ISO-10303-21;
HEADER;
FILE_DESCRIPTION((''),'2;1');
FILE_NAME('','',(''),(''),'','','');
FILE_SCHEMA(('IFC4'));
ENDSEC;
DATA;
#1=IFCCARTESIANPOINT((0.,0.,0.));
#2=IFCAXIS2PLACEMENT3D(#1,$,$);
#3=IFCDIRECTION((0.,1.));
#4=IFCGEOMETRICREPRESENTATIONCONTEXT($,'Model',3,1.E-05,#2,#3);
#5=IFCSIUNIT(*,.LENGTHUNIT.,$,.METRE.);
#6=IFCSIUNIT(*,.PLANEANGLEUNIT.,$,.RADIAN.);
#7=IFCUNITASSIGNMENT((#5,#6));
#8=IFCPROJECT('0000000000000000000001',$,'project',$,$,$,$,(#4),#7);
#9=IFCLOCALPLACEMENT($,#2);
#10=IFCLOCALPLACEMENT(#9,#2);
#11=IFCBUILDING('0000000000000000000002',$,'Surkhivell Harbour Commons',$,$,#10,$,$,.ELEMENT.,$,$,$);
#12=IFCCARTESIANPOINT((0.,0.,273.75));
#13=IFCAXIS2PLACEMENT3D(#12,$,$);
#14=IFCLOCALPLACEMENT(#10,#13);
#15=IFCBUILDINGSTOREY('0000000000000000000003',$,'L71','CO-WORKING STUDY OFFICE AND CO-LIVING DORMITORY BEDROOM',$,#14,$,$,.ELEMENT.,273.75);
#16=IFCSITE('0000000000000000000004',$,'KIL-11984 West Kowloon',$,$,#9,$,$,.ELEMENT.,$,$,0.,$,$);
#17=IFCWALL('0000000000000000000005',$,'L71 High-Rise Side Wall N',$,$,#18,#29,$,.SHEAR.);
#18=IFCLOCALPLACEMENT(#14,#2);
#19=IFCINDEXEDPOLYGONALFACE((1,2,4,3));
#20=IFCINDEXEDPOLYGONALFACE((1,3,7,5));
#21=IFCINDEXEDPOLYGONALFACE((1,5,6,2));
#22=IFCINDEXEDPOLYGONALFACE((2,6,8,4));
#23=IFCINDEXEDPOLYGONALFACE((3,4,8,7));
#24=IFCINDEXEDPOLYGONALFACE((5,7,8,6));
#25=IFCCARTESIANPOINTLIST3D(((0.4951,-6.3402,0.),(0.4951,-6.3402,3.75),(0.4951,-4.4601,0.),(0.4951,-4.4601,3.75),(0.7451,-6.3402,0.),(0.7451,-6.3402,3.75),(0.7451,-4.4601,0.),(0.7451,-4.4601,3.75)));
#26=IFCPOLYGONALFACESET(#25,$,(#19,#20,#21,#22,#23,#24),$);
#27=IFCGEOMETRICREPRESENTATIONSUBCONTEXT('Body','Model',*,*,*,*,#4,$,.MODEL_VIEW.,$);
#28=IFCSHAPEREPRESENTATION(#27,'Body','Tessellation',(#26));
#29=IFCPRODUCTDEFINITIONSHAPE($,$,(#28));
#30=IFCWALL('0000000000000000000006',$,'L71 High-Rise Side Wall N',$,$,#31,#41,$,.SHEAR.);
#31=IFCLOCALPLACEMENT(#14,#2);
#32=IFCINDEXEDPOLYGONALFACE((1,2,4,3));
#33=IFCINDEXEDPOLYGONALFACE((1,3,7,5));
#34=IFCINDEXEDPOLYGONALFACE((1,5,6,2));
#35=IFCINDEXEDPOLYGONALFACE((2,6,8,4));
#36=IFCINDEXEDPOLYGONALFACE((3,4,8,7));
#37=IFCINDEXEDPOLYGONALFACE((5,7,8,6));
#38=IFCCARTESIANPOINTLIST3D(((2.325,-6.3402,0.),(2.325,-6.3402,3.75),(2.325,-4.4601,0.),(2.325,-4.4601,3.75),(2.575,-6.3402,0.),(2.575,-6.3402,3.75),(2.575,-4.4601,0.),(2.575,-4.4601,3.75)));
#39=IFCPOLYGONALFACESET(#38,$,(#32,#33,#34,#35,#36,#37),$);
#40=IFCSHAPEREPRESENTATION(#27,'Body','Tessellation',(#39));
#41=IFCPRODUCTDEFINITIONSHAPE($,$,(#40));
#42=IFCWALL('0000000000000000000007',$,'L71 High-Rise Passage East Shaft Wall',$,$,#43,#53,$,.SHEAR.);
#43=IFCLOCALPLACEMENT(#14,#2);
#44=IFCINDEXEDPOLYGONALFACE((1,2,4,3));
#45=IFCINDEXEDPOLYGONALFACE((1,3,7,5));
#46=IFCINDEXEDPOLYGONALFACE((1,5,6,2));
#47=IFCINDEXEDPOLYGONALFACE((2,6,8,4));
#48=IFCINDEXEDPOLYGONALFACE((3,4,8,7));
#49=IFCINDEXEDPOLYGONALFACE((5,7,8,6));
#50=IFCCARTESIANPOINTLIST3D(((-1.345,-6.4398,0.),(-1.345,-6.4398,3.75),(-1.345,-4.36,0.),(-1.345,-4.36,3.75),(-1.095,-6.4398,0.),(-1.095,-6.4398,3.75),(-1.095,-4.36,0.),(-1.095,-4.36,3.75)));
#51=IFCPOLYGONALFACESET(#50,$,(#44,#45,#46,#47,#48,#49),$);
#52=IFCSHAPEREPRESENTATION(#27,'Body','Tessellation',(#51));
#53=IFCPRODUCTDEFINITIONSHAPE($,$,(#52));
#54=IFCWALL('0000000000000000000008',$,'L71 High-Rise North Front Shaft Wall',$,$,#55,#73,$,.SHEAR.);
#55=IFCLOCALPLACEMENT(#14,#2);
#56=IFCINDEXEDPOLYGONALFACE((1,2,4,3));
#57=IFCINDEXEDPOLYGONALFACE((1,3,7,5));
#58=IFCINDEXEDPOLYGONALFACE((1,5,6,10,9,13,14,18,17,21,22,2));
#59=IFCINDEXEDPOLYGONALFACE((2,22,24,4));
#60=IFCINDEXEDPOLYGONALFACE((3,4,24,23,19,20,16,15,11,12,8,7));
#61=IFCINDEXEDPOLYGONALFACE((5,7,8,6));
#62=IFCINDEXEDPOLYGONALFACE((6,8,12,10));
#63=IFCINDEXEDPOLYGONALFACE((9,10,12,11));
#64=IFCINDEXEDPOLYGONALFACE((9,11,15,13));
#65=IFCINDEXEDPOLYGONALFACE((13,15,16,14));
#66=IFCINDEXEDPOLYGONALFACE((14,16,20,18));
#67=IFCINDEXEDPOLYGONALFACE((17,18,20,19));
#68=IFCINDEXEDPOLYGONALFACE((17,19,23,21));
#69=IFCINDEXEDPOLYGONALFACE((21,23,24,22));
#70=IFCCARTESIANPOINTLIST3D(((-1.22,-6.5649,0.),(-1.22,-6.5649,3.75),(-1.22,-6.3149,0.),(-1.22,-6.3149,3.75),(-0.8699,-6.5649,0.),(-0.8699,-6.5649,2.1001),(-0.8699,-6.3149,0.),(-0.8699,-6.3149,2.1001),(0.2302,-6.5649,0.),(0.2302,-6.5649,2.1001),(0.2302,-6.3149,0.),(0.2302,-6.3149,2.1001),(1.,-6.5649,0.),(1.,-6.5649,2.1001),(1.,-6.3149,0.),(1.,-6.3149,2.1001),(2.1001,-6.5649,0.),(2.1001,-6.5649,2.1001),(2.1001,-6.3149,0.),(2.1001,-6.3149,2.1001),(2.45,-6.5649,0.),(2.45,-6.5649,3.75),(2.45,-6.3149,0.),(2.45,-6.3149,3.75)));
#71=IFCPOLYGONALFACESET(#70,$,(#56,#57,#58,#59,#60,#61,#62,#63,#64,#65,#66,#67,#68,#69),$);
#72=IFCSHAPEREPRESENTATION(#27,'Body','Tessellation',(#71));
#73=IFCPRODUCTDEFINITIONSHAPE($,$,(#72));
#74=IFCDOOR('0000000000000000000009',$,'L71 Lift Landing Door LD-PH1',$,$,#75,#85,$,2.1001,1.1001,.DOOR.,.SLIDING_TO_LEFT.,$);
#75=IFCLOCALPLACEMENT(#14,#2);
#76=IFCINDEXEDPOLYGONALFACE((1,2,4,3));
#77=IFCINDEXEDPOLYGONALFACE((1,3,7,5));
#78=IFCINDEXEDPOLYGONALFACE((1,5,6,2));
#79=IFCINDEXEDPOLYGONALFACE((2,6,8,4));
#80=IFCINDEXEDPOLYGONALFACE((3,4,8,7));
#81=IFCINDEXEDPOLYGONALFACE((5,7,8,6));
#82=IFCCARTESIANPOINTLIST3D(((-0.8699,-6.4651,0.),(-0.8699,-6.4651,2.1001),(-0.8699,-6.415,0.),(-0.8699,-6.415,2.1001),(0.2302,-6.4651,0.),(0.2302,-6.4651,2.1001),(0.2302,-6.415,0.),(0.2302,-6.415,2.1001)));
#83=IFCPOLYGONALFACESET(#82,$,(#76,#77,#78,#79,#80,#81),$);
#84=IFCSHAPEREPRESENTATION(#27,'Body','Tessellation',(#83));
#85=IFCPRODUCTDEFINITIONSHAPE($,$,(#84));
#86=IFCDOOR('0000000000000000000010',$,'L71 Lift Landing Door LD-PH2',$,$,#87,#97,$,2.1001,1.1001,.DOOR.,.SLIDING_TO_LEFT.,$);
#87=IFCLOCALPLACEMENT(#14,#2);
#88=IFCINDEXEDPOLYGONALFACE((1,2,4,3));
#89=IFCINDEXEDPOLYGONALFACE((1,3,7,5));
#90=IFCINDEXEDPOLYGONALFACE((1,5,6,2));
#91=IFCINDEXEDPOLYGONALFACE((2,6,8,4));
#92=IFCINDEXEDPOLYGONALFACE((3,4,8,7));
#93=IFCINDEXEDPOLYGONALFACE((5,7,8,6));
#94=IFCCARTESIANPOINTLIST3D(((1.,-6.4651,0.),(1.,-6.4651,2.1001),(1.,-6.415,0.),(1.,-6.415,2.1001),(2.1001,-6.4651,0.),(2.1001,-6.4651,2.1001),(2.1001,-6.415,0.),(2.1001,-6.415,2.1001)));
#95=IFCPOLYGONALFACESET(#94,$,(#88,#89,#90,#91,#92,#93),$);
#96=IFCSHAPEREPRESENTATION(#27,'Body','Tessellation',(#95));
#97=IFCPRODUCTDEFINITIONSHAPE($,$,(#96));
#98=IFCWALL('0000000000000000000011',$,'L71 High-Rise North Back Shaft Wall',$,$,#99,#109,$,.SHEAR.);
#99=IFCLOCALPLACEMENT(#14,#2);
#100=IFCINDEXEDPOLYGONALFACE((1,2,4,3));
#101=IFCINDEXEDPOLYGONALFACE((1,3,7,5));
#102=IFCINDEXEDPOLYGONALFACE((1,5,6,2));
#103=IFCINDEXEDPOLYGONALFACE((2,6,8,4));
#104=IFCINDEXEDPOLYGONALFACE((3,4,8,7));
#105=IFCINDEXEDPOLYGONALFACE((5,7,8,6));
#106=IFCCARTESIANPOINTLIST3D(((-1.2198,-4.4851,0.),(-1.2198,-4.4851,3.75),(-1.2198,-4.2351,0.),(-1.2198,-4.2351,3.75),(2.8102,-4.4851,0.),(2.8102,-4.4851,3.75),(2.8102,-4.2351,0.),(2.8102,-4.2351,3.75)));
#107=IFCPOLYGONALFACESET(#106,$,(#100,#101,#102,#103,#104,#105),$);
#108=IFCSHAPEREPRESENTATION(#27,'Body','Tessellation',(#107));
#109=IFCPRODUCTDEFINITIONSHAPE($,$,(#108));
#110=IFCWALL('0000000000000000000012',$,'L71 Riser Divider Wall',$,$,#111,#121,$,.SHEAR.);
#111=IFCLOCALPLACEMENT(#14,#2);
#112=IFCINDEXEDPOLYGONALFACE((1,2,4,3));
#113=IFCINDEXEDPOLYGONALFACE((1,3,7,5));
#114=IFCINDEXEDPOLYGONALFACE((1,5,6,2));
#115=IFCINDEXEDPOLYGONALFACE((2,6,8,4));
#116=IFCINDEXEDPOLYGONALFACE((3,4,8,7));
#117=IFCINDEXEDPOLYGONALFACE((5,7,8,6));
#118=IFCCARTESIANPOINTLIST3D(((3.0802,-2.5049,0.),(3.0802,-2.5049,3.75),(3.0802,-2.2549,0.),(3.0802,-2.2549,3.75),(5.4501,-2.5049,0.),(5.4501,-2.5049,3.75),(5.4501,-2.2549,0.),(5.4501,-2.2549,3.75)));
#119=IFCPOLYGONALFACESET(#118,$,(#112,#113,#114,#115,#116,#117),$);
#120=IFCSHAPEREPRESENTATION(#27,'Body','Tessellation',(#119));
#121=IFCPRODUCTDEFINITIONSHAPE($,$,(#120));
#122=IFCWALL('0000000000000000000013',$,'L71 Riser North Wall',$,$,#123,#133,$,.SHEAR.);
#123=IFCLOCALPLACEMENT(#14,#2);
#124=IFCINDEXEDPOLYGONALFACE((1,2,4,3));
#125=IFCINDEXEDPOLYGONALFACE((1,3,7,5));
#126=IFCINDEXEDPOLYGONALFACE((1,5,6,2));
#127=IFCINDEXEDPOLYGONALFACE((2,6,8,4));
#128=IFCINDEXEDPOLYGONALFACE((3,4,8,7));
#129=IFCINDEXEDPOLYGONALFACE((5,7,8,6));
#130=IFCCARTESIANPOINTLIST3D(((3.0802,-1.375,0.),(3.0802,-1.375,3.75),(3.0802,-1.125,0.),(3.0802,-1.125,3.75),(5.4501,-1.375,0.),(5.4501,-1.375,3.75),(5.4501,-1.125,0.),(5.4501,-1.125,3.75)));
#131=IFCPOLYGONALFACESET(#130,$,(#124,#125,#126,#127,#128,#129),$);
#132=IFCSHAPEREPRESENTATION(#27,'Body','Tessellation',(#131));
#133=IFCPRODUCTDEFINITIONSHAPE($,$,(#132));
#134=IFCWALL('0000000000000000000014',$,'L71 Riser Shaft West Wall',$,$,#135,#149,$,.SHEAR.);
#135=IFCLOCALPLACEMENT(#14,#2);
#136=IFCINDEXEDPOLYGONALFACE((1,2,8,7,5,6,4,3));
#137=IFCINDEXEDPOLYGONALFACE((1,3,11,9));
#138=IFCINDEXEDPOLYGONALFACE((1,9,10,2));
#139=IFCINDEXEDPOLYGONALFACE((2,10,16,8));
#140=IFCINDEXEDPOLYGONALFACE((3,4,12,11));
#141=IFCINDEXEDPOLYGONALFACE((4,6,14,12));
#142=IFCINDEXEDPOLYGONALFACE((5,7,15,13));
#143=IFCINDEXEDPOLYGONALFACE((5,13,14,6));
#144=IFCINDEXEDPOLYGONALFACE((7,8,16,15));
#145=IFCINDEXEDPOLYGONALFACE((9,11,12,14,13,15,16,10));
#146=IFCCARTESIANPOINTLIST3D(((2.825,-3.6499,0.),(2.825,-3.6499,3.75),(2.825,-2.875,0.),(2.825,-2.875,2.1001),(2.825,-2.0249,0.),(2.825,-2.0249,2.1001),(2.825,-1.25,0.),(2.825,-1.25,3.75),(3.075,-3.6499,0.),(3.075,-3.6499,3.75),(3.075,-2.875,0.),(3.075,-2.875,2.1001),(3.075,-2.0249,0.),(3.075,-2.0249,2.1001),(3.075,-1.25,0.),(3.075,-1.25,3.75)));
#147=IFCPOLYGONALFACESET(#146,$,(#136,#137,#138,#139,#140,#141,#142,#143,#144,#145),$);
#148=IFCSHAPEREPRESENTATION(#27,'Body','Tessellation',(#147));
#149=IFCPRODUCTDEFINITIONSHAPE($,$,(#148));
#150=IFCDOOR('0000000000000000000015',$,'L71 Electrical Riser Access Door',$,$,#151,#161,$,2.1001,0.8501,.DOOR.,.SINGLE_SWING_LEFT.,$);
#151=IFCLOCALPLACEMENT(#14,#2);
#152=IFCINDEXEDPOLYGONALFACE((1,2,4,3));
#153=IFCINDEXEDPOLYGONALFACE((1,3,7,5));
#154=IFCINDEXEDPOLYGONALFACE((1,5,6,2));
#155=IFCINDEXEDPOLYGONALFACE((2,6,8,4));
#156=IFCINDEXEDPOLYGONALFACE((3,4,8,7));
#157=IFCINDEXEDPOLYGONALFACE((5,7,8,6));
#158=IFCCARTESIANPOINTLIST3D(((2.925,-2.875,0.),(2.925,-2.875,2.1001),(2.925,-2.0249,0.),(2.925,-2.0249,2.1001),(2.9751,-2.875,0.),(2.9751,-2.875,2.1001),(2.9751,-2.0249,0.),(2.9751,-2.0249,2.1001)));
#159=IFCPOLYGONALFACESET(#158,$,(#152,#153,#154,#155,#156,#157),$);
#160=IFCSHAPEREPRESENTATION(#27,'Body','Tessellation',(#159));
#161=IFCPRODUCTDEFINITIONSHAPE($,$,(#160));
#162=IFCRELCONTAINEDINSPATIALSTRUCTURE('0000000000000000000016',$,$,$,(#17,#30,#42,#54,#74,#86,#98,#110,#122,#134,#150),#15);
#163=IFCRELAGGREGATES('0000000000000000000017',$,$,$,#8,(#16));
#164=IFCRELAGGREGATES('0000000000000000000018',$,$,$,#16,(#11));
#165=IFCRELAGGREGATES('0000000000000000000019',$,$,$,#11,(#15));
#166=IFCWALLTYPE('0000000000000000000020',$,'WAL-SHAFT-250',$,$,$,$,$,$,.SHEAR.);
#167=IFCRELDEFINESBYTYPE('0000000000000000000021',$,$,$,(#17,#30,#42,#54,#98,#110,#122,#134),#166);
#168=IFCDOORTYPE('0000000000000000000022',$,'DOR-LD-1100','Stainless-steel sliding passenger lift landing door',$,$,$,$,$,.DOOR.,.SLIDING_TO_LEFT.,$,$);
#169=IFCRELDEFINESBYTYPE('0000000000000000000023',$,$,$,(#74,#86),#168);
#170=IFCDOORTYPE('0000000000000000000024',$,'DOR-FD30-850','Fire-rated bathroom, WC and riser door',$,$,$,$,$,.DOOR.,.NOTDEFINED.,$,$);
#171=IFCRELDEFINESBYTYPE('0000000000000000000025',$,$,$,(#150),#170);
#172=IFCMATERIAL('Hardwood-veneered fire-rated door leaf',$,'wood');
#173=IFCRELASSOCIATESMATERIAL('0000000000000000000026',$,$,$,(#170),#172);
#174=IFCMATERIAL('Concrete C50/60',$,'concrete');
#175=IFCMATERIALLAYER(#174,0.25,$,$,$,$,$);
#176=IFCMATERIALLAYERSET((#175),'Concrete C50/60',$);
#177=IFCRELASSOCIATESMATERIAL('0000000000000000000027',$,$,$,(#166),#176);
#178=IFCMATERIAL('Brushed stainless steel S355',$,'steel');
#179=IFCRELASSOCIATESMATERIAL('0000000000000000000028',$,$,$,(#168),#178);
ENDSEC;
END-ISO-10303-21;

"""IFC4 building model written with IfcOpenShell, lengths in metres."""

from ifc_helpers import new_model, si_unit, direction, frame, frame_2d, origin, place, context, subcontext, project, spatial, rectangle, extrude, material, layer, layer_set, type_object, element, fill, save


model = new_model("IFC4")

# Units and contexts
model_context = context("Model", 3, precision=1e-05, world=origin(), true_north=direction((0.0, 1.0)))
body_context = subcontext(model_context, "Body", "Model", "MODEL_VIEW")
ifc_project = project(units=[si_unit("LENGTHUNIT", "METRE"), si_unit("PLANEANGLEUNIT", "RADIAN")], contexts=[model_context])

# Site, building, storey
site_placement = place(None, origin())
site = spatial("IfcSite", under=ifc_project, at=site_placement, Name="KIL-11984 West Kowloon", CompositionType="ELEMENT", RefElevation=0.0)
building_placement = place(site_placement, origin())
building = spatial("IfcBuilding", under=site, at=building_placement, Name="Surkhivell Harbour Commons", CompositionType="ELEMENT")
storey_placement = place(building_placement, frame((0.0, 0.0, 273.75)))
storey = spatial("IfcBuildingStorey", under=building, at=storey_placement, Name="L71", Description="CO-WORKING STUDY OFFICE AND CO-LIVING DORMITORY BEDROOM", CompositionType="ELEMENT", Elevation=273.75)

# Shared definitions
ifc_material_1 = material(Name="Hardwood-veneered fire-rated door leaf", Category="wood")
door_type_1 = type_object("IfcDoorType", Name="DOR-FD30-850", Description="Fire-rated bathroom, WC and riser door", OperationType="NOTDEFINED", PredefinedType="DOOR", material=ifc_material_1)

# Shared definitions
ifc_material_2 = material(Name="Concrete C50/60", Category="concrete")
ifc_layer_1 = layer(ifc_material_2, 0.25)
ifc_layer_set_1 = layer_set([ifc_layer_1], Name="Concrete C50/60")
wall_type_1 = type_object("IfcWallType", Name="WAL-SHAFT-250", PredefinedType="SHEAR", material=ifc_layer_set_1)

# Shared definitions
ifc_material_3 = material(Name="Brushed stainless steel S355", Category="steel")
door_type_2 = type_object("IfcDoorType", Name="DOR-LD-1100", Description="Stainless-steel sliding passenger lift landing door", OperationType="SLIDING_TO_LEFT", PredefinedType="DOOR", material=ifc_material_3)

# Walls
for number, where, z_axis, x_axis, name in (
    (1, (0.6201, -6.3401, 0.0), (0.0, 0.0, 1.0), (0.0, 1.0, 0.0), "L71 High-Rise Side Wall N"),
    (2, (2.45, -6.3401, 0.0), (0.0, 0.0, 1.0), (0.0, 1.0, 0.0), "L71 High-Rise Side Wall N"),
):
    element("IfcWall", number, at=place(storey_placement, frame(where, z_axis=z_axis, x_axis=x_axis)), inside=storey, type_object=wall_type_1, Name=name, PredefinedType="SHEAR", context=body_context, shape_type="SweptSolid", body=[
        extrude(rectangle(XDim=1.8801, YDim=0.25, at=frame_2d((0.9399, 0.0))), origin(), (0.0, 0.0, 1.0), 3.75),
    ])
wall_1_placement = place(storey_placement, frame((-1.22, -6.4399, 0.0), z_axis=(0.0, 0.0, 1.0), x_axis=(0.0, 1.0, 0.0)))
element("IfcWall", 3, at=wall_1_placement, inside=storey, type_object=wall_type_1, Name="L71 High-Rise Passage East Shaft Wall", PredefinedType="SHEAR", context=body_context, shape_type="SweptSolid", body=[
    extrude(rectangle(XDim=2.0798, YDim=0.25, at=frame_2d((1.04, 0.0))), origin(), (0.0, 0.0, 1.0), 3.75),
])

# Wall, openings, doors
wall_2_placement = place(storey_placement, frame((-1.22, -6.4399, 0.0), z_axis=(0.0, 0.0, 1.0), x_axis=(1.0, 0.0, 0.0)))
wall_2 = element("IfcWall", 4, at=wall_2_placement, inside=storey, type_object=wall_type_1, Name="L71 High-Rise North Front Shaft Wall", PredefinedType="SHEAR", context=body_context, shape_type="SweptSolid", body=[
    extrude(rectangle(XDim=3.6699, YDim=0.25, at=frame_2d((1.835, 0.0))), origin(), (0.0, 0.0, 1.0), 3.75),
])
opening_1_placement = place(wall_2_placement, frame((0.3501, 0.0, 0.0)))
opening_1 = element("IfcOpeningElement", 5, at=opening_1_placement, cuts=wall_2, PredefinedType="OPENING", context=body_context, shape_type="SweptSolid", body=[
    extrude(rectangle(XDim=1.1001, YDim=2.1001, at=frame_2d((0.55, 1.05))), frame((0.0, 0.135, 0.0), z_axis=(0.0, -1.0, 0.0), x_axis=(1.0, 0.0, 0.0)), (0.0, 0.0, 1.0), 0.27),
])
opening_2_placement = place(wall_2_placement, frame((2.22, 0.0, 0.0)))
opening_2 = element("IfcOpeningElement", 6, at=opening_2_placement, cuts=wall_2, PredefinedType="OPENING", context=body_context, shape_type="SweptSolid", body=[
    extrude(rectangle(XDim=1.1001, YDim=2.1001, at=frame_2d((0.55, 1.05))), frame((0.0, 0.135, 0.0), z_axis=(0.0, -1.0, 0.0), x_axis=(1.0, 0.0, 0.0)), (0.0, 0.0, 1.0), 0.27),
])
door_1_placement = place(opening_1_placement, origin())
door_1 = element("IfcDoor", 7, at=door_1_placement, inside=storey, type_object=door_type_2, Name="L71 Lift Landing Door LD-PH1", OperationType="SLIDING_TO_LEFT", OverallHeight=2.1001, OverallWidth=1.1001, PredefinedType="DOOR", context=body_context, shape_type="SweptSolid", body=[
    extrude(rectangle(XDim=1.1001, YDim=2.1001, at=frame_2d((0.55, 1.05))), frame((0.0, 0.0249, 0.0), z_axis=(0.0, -1.0, 0.0), x_axis=(1.0, 0.0, 0.0)), (0.0, 0.0, 1.0), 0.05),
])
fill(opening_1, door_1)
door_2_placement = place(opening_2_placement, origin())
door_2 = element("IfcDoor", 8, at=door_2_placement, inside=storey, type_object=door_type_2, Name="L71 Lift Landing Door LD-PH2", OperationType="SLIDING_TO_LEFT", OverallHeight=2.1001, OverallWidth=1.1001, PredefinedType="DOOR", context=body_context, shape_type="SweptSolid", body=[
    extrude(rectangle(XDim=1.1001, YDim=2.1001, at=frame_2d((0.55, 1.05))), frame((0.0, 0.0249, 0.0), z_axis=(0.0, -1.0, 0.0), x_axis=(1.0, 0.0, 0.0)), (0.0, 0.0, 1.0), 0.05),
])
fill(opening_2, door_2)

# Walls
wall_3_placement = place(storey_placement, frame((-1.22, -4.3601, 0.0), z_axis=(0.0, 0.0, 1.0), x_axis=(1.0, 0.0, 0.0)))
element("IfcWall", 9, at=wall_3_placement, inside=storey, type_object=wall_type_1, Name="L71 High-Rise North Back Shaft Wall", PredefinedType="SHEAR", context=body_context, shape_type="SweptSolid", body=[
    extrude(rectangle(XDim=4.03, YDim=0.25, at=frame_2d((2.0151, 0.0))), origin(), (0.0, 0.0, 1.0), 3.75),
])
for number, where, z_axis, x_axis, name in (
    (10, (3.0801, -2.3799, 0.0), (0.0, 0.0, 1.0), (1.0, 0.0, 0.0), "L71 Riser Divider Wall"),
    (11, (3.0801, -1.25, 0.0), (0.0, 0.0, 1.0), (1.0, 0.0, 0.0), "L71 Riser North Wall"),
):
    element("IfcWall", number, at=place(storey_placement, frame(where, z_axis=z_axis, x_axis=x_axis)), inside=storey, type_object=wall_type_1, Name=name, PredefinedType="SHEAR", context=body_context, shape_type="SweptSolid", body=[
        extrude(rectangle(XDim=2.3699, YDim=0.25, at=frame_2d((1.1851, 0.0))), origin(), (0.0, 0.0, 1.0), 3.75),
    ])

# Wall, opening, door
wall_4_placement = place(storey_placement, frame((2.95, -3.6499, 0.0), z_axis=(0.0, 0.0, 1.0), x_axis=(0.0, 1.0, 0.0)))
wall_4 = element("IfcWall", 12, at=wall_4_placement, inside=storey, type_object=wall_type_1, Name="L71 Riser Shaft West Wall", PredefinedType="SHEAR", context=body_context, shape_type="SweptSolid", body=[
    extrude(rectangle(XDim=2.3999, YDim=0.25, at=frame_2d((1.2, 0.0))), origin(), (0.0, 0.0, 1.0), 3.75),
])
opening_3_placement = place(wall_4_placement, frame((0.7749, 0.0, 0.0)))
opening_3 = element("IfcOpeningElement", 13, at=opening_3_placement, cuts=wall_4, PredefinedType="OPENING", context=body_context, shape_type="SweptSolid", body=[
    extrude(rectangle(XDim=0.8501, YDim=2.1001, at=frame_2d((0.425, 1.05))), frame((0.0, 0.135, 0.0), z_axis=(0.0, -1.0, 0.0), x_axis=(1.0, 0.0, 0.0)), (0.0, 0.0, 1.0), 0.27),
])
door_3_placement = place(opening_3_placement, origin())
door_3 = element("IfcDoor", 14, at=door_3_placement, inside=storey, type_object=door_type_1, Name="L71 Electrical Riser Access Door", OperationType="SINGLE_SWING_LEFT", OverallHeight=2.1001, OverallWidth=0.8501, PredefinedType="DOOR", context=body_context, shape_type="SweptSolid", body=[
    extrude(rectangle(XDim=0.8501, YDim=2.1001, at=frame_2d((0.425, 1.05))), frame((0.0, 0.0249, 0.0), z_axis=(0.0, -1.0, 0.0), x_axis=(1.0, 0.0, 0.0)), (0.0, 0.0, 1.0), 0.05),
])
fill(opening_3, door_3)

save(model, "model.ifc")
